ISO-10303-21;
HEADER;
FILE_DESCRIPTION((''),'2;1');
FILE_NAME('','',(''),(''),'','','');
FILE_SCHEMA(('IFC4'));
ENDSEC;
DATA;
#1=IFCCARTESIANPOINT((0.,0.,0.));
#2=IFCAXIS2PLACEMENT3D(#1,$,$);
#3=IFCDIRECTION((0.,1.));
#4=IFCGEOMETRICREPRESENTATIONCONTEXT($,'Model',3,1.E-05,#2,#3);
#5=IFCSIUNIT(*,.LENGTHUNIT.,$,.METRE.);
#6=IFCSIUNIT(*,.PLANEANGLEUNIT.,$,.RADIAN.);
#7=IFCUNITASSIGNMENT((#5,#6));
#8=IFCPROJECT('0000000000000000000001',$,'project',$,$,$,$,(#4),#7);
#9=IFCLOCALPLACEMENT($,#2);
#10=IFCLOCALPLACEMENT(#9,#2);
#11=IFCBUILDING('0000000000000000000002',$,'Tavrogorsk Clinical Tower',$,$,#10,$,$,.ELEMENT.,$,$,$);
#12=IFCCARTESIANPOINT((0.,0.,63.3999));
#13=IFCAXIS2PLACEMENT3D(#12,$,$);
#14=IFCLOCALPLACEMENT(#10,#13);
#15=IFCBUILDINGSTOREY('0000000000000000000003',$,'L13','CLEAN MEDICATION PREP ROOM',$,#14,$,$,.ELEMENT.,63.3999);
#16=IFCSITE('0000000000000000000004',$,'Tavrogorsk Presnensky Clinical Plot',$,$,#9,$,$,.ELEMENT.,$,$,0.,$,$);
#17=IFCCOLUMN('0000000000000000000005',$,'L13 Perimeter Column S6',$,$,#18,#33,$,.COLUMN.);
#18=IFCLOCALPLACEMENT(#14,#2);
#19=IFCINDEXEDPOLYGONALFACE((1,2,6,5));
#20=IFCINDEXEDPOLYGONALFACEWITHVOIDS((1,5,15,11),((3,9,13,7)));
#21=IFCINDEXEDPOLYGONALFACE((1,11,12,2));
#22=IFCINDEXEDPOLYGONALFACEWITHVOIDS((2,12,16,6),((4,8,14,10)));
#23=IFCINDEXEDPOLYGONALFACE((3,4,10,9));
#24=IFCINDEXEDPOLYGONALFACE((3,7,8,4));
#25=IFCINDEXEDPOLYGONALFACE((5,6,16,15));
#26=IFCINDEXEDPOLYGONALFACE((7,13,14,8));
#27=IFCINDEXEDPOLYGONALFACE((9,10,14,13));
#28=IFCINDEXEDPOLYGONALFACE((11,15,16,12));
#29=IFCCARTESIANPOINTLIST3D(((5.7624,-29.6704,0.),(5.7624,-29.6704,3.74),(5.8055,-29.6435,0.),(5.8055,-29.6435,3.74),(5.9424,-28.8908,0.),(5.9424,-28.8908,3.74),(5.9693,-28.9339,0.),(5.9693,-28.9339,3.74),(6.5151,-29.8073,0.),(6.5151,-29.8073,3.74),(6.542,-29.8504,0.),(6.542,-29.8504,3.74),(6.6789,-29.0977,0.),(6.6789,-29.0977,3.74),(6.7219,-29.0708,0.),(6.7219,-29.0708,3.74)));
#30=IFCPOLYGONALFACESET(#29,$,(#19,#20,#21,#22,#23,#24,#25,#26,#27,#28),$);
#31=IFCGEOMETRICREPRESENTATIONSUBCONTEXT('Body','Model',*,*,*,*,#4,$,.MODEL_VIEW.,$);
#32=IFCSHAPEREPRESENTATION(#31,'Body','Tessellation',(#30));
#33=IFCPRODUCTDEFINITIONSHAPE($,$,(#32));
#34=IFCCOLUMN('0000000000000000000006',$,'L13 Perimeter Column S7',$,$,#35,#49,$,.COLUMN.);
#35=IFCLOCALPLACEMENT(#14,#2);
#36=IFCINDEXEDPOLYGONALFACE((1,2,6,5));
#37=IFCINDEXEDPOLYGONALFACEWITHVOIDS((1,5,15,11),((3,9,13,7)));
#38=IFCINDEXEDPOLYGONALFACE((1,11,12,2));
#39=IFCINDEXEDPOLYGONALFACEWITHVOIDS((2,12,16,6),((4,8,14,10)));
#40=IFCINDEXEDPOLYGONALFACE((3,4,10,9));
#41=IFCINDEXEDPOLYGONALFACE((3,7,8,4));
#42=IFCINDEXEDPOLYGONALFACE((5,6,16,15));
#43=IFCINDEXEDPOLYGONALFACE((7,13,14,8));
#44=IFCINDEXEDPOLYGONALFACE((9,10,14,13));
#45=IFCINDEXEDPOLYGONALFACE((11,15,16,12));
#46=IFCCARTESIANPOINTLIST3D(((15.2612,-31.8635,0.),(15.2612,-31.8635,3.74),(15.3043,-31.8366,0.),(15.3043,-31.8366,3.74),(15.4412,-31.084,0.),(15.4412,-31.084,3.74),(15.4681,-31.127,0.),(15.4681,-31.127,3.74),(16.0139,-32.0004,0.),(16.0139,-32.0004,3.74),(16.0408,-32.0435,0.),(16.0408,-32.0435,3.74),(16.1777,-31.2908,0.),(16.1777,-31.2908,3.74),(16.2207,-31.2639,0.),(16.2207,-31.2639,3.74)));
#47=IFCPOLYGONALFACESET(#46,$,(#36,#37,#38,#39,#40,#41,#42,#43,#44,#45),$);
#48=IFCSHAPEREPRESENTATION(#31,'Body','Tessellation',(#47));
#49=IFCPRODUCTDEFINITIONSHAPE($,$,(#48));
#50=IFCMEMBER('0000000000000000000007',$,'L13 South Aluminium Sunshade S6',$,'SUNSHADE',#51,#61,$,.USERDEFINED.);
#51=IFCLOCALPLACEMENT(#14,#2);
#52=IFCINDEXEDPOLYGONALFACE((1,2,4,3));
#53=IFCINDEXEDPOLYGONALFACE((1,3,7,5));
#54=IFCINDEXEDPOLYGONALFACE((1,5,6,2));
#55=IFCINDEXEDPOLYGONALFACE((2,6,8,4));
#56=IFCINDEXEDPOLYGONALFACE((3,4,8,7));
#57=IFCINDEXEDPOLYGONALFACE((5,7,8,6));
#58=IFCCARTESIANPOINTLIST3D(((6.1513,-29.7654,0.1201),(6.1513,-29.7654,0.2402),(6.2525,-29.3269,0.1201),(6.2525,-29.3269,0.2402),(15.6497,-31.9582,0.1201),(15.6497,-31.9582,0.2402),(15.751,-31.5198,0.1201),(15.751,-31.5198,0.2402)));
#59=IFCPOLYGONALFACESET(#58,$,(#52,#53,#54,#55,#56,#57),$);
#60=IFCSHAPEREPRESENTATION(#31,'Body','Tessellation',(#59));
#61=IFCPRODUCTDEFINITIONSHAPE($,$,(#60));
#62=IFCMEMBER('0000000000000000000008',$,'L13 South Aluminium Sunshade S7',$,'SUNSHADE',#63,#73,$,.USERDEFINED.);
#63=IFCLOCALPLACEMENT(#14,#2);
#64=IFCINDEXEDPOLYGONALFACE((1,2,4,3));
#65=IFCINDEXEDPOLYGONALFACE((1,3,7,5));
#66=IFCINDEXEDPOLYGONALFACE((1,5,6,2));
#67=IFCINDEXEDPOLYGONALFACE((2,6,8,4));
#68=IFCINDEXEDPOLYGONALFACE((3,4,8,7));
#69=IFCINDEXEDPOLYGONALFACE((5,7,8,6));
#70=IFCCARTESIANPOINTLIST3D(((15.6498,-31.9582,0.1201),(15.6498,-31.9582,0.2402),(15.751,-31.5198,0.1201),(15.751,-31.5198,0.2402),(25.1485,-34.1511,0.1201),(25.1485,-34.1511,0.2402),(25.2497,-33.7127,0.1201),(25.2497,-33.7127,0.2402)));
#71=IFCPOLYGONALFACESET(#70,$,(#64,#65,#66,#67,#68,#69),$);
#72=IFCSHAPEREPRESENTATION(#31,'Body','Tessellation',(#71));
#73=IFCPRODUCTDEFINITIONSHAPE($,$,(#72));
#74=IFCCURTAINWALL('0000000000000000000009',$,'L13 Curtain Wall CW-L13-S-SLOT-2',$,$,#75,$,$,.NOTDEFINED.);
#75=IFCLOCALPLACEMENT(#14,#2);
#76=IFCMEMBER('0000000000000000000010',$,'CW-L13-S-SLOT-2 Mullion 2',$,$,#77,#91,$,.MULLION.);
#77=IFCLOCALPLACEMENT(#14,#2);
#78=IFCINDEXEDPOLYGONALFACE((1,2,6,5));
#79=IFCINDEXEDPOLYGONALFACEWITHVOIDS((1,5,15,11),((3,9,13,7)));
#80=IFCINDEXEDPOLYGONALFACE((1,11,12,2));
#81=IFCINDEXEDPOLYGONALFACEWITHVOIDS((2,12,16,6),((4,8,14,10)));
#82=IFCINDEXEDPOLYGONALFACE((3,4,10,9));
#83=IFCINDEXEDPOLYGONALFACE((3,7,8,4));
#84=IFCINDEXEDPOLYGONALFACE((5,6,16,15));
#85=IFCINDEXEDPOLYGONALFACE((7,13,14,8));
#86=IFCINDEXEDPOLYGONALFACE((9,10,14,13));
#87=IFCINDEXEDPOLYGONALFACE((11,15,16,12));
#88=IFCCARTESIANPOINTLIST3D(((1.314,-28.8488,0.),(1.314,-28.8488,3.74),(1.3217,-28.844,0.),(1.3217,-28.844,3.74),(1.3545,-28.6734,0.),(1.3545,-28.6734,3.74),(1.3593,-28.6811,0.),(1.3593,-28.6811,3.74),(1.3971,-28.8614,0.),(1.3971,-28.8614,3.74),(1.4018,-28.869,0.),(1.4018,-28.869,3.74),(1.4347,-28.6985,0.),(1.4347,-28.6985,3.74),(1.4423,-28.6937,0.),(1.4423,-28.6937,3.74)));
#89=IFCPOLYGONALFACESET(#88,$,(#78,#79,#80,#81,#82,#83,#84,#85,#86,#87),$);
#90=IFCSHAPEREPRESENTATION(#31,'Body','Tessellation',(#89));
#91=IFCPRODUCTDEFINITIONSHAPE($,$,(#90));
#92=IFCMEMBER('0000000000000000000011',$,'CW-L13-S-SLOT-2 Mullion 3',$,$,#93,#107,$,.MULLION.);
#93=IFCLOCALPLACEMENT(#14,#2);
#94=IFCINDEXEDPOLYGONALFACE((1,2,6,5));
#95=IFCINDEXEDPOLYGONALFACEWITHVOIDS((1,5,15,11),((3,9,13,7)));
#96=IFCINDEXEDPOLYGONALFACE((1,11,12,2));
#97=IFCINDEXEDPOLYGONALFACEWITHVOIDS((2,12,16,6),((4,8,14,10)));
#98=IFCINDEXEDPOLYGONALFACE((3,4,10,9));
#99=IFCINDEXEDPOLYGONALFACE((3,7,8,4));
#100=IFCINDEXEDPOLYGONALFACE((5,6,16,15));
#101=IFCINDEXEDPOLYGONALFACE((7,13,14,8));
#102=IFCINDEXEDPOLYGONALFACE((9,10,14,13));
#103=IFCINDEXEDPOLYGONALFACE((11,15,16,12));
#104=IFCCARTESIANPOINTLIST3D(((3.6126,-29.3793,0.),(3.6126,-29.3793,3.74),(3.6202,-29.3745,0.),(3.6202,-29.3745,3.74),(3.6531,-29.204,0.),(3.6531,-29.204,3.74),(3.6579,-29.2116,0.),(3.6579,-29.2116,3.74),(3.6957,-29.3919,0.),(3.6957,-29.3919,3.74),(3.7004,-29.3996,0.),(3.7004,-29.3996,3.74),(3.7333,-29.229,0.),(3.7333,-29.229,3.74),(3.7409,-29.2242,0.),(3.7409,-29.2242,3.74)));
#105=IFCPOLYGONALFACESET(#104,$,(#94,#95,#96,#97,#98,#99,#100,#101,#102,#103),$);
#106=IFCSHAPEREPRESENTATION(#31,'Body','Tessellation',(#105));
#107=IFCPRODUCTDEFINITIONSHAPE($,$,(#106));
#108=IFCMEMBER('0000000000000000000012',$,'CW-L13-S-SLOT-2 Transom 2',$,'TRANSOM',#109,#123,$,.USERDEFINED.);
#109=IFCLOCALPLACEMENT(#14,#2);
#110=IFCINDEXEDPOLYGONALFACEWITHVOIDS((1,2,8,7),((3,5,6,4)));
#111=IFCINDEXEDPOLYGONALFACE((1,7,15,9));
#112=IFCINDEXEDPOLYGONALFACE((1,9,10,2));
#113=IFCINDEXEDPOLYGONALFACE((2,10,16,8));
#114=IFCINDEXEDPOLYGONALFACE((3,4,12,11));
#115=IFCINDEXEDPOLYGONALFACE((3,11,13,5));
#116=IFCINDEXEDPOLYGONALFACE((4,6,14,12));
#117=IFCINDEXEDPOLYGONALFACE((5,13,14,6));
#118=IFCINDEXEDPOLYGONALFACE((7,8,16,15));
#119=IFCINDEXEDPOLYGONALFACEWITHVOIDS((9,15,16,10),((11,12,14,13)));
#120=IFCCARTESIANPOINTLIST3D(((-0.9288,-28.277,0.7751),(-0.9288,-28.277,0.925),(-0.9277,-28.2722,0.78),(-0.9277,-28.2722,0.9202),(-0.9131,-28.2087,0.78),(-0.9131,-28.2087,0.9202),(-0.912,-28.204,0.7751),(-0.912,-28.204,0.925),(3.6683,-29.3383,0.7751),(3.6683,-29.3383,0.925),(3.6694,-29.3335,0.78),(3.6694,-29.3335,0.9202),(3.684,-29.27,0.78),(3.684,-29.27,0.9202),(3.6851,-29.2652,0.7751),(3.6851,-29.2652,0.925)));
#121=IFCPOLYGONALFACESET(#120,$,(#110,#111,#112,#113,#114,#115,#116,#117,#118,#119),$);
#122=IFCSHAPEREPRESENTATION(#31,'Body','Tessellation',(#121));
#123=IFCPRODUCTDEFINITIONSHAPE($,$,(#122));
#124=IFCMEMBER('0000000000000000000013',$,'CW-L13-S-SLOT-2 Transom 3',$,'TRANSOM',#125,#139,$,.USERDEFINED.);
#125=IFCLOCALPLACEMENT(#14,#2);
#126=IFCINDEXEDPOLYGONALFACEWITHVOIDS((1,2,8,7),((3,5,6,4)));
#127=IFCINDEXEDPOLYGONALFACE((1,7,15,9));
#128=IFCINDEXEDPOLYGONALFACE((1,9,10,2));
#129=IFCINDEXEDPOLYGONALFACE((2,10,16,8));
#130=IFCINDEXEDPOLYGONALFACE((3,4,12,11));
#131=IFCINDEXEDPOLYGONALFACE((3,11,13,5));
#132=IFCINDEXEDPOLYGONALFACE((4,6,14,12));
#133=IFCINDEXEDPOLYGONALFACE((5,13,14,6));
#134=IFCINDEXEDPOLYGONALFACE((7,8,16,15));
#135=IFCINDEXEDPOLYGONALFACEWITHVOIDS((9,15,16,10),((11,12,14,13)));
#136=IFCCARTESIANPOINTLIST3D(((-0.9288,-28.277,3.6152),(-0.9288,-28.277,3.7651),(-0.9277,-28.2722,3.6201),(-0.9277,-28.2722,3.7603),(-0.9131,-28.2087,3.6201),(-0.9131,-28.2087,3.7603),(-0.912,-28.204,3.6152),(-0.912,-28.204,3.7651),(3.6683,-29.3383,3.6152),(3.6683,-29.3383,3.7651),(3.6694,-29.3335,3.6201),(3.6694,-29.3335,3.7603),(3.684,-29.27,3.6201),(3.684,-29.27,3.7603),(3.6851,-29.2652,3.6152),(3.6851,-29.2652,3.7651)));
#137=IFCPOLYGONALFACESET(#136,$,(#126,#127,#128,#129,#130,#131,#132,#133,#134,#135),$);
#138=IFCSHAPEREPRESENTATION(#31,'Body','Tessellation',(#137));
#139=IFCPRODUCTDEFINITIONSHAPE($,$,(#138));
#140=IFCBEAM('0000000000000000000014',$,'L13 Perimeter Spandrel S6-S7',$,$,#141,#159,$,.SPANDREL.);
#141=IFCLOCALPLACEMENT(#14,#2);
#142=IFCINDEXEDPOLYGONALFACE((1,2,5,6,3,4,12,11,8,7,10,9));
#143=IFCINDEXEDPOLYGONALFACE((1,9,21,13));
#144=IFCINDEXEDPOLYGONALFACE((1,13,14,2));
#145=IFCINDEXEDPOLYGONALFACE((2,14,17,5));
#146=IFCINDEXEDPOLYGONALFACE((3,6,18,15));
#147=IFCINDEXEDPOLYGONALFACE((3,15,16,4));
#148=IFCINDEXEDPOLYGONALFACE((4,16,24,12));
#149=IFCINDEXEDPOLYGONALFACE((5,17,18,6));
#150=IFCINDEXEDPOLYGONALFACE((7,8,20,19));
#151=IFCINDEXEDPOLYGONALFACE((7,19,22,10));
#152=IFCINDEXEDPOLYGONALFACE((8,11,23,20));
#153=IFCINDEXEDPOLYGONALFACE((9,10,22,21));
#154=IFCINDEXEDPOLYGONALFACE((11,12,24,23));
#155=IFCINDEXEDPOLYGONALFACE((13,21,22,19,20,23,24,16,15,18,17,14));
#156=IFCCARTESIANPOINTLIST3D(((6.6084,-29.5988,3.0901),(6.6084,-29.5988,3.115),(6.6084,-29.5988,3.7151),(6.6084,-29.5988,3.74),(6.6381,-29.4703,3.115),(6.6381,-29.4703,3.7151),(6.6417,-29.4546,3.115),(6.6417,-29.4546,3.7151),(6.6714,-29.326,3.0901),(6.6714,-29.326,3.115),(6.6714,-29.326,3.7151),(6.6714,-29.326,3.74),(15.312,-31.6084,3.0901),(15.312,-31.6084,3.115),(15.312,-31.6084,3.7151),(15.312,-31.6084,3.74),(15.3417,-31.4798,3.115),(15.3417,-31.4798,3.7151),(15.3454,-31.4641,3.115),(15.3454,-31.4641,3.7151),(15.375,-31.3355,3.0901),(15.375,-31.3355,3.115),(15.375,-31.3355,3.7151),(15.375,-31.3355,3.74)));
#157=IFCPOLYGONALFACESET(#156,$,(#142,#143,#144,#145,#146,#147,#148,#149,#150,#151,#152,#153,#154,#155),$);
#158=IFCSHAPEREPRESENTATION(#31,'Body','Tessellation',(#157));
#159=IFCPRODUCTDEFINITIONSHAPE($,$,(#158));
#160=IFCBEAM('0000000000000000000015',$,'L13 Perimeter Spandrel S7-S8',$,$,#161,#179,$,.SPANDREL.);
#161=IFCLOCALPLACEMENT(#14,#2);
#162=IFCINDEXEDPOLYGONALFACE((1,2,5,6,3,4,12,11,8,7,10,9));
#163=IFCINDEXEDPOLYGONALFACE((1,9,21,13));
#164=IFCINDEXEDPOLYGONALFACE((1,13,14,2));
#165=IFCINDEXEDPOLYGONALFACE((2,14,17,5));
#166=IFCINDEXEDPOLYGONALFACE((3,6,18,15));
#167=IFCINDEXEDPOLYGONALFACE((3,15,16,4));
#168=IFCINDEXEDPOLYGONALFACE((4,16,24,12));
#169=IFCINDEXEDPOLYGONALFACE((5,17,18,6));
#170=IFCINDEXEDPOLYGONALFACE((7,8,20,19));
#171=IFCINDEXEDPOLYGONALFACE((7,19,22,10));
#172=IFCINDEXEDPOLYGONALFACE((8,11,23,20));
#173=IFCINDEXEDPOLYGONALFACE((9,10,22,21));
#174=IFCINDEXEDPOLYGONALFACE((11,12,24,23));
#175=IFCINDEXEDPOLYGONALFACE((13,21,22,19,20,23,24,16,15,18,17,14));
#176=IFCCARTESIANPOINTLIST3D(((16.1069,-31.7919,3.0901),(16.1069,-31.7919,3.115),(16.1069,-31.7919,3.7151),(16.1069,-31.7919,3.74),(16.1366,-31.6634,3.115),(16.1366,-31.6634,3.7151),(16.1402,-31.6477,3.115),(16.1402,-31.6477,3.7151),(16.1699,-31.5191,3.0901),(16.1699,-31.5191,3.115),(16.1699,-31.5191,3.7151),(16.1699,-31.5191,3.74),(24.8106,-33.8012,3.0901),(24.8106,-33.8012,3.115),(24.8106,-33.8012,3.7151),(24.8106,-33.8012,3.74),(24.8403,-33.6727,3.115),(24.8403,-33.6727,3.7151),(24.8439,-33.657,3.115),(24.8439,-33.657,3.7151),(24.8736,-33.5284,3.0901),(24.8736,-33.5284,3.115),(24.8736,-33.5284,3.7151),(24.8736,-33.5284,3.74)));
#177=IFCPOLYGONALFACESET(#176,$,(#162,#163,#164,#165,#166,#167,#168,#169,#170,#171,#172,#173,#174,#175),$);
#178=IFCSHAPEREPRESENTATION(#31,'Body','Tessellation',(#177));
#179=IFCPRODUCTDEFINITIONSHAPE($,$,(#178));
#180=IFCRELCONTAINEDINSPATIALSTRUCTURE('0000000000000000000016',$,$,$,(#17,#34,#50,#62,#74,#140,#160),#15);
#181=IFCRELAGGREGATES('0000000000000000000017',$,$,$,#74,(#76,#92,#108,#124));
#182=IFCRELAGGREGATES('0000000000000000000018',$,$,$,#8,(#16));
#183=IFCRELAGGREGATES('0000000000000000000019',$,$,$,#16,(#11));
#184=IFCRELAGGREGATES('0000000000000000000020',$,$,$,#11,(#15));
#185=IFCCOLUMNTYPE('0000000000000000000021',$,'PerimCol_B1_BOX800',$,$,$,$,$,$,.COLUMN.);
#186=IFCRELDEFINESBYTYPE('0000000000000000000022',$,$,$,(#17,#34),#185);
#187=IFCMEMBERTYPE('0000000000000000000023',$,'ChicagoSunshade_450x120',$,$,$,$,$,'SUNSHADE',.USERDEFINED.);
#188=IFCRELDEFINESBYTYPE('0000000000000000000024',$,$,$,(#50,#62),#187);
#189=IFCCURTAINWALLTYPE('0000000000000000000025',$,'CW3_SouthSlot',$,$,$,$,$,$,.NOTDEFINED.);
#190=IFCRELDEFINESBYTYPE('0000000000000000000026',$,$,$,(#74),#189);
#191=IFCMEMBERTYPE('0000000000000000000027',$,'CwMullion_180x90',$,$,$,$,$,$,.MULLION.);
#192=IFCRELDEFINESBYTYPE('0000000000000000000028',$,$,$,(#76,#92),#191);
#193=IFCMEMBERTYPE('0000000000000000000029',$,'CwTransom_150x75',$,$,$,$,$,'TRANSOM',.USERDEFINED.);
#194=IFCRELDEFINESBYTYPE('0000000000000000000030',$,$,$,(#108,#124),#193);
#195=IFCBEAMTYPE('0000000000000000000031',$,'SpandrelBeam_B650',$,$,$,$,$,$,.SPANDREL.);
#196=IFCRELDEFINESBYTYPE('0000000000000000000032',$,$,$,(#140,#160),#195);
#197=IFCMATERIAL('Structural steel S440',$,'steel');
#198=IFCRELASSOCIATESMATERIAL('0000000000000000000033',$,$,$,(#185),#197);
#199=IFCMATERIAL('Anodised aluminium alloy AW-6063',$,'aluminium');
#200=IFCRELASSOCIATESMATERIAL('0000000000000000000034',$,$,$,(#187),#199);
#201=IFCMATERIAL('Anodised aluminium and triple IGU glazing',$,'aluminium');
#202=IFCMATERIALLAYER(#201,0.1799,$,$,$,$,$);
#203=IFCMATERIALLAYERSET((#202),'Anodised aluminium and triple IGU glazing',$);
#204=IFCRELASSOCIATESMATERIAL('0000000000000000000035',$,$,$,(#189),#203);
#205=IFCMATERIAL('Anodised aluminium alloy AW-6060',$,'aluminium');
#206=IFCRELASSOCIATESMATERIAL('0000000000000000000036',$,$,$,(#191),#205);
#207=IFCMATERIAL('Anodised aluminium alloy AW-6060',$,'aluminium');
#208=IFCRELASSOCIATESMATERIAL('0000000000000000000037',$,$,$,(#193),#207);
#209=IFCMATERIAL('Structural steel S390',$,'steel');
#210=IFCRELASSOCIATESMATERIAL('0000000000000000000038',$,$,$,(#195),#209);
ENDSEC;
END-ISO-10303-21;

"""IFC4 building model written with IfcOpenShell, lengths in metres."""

from ifc_helpers import new_model, si_unit, direction, frame, origin, origin_2d, place, context, subcontext, project, spatial, rectangle, hollow_rectangle, i_section, extrude, material, layer, layer_set, material_profile, profile_set, type_object, element, aggregate, save


model = new_model("IFC4")

# Units and contexts
model_context = context("Model", 3, precision=1e-05, world=origin(), true_north=direction((0.0, 1.0)))
body_context = subcontext(model_context, "Body", "Model", "MODEL_VIEW")
ifc_project = project(units=[si_unit("LENGTHUNIT", "METRE"), si_unit("PLANEANGLEUNIT", "RADIAN")], contexts=[model_context])

# Site, building, storey
site_placement = place(None, origin())
site = spatial("IfcSite", under=ifc_project, at=site_placement, Name="Tavrogorsk Presnensky Clinical Plot", CompositionType="ELEMENT", RefElevation=0.0)
building_placement = place(site_placement, origin())
building = spatial("IfcBuilding", under=site, at=building_placement, Name="Tavrogorsk Clinical Tower", CompositionType="ELEMENT")
storey_placement = place(building_placement, frame((0.0, 0.0, 63.3999)))
storey = spatial("IfcBuildingStorey", under=building, at=storey_placement, Name="L13", Description="CLEAN MEDICATION PREP ROOM", CompositionType="ELEMENT", Elevation=63.3999)

# Columns
ifc_material_1 = material(Name="Structural steel S440", Category="steel")
ifc_material_profile_1 = material_profile(ifc_material_1, hollow_rectangle(XDim=0.8, YDim=0.8, WallThickness=0.0359, at=origin_2d()), Name="BOX-800x800x36")
ifc_profile_set_1 = profile_set([ifc_material_profile_1], Name="Structural steel S440")
column_type = type_object("IfcColumnType", Name="PerimCol_B1_BOX800", PredefinedType="COLUMN", material=ifc_profile_set_1)
for number, where, z_axis, x_axis, name in (
    (1, (6.2422, -29.3706, 0.0), (0.0, 0.0, 1.0), (0.97437, -0.224951, 0.0), "L13 Perimeter Column S6"),
    (2, (15.741, -31.5637, 0.0), (0.0, 0.0, 1.0), (0.97437, -0.224951, 0.0), "L13 Perimeter Column S7"),
):
    element("IfcColumn", number, at=place(storey_placement, frame(where, z_axis=z_axis, x_axis=x_axis)), inside=storey, type_object=column_type, Name=name, PredefinedType="COLUMN", context=body_context, shape_type="SweptSolid", body=[
        extrude(hollow_rectangle(XDim=0.8, YDim=0.8, WallThickness=0.0359, at=origin_2d()), origin(), (0.0, 0.0, 1.0), 3.74),
    ])

# Members
ifc_material_2 = material(Name="Anodised aluminium alloy AW-6063", Category="aluminium")
ifc_material_profile_2 = material_profile(ifc_material_2, rectangle(XDim=0.45, YDim=0.1201, at=origin_2d()), Name="ALU-SUNSHADE-450x120")
ifc_profile_set_2 = profile_set([ifc_material_profile_2], Name="Anodised aluminium alloy AW-6063")
member_type_1 = type_object("IfcMemberType", Name="ChicagoSunshade_450x120", ElementType="SUNSHADE", PredefinedType="USERDEFINED", material=ifc_profile_set_2)
member_1_placement = place(storey_placement, frame((6.2019, -29.5461, 0.1802), z_axis=(0.974371, -0.224947, 0.0), x_axis=(0.224947, 0.974371, 0.0)))
element("IfcMember", 3, at=member_1_placement, inside=storey, type_object=member_type_1, Name="L13 South Aluminium Sunshade S6", ObjectType="SUNSHADE", PredefinedType="USERDEFINED", context=body_context, shape_type="SweptSolid", body=[
    extrude(rectangle(XDim=0.45, YDim=0.1201, at=origin_2d()), origin(), (0.0, 0.0, 1.0), 9.7483),
])
member_2_placement = place(storey_placement, frame((15.7004, -31.739, 0.1802), z_axis=(0.974372, -0.224942, 0.0), x_axis=(0.224942, 0.974372, 0.0)))
element("IfcMember", 4, at=member_2_placement, inside=storey, type_object=member_type_1, Name="L13 South Aluminium Sunshade S7", ObjectType="SUNSHADE", PredefinedType="USERDEFINED", context=body_context, shape_type="SweptSolid", body=[
    extrude(rectangle(XDim=0.45, YDim=0.1201, at=origin_2d()), origin(), (0.0, 0.0, 1.0), 9.7485),
])

# Curtain wall, members
ifc_material_3 = material(Name="Anodised aluminium and triple IGU glazing", Category="aluminium")
ifc_layer_1 = layer(ifc_material_3, 0.1799)
ifc_layer_set_1 = layer_set([ifc_layer_1], Name="Anodised aluminium and triple IGU glazing")
curtain_wall_type = type_object("IfcCurtainWallType", Name="CW3_SouthSlot", PredefinedType="NOTDEFINED", material=ifc_layer_set_1)
curtain_wall_placement = place(storey_placement, origin())
curtain_wall = element("IfcCurtainWall", 5, at=curtain_wall_placement, inside=storey, type_object=curtain_wall_type, Name="L13 Curtain Wall CW-L13-S-SLOT-2", PredefinedType="NOTDEFINED")
ifc_material_4 = material(Name="Anodised aluminium alloy AW-6060", Category="aluminium")
ifc_material_profile_3 = material_profile(ifc_material_4, hollow_rectangle(XDim=0.0901, YDim=0.1799, WallThickness=0.0063, at=origin_2d()), Name="RHS-180x90x6.3")
ifc_profile_set_3 = profile_set([ifc_material_profile_3], Name="Anodised aluminium alloy AW-6060")
member_type_2 = type_object("IfcMemberType", Name="CwMullion_180x90", PredefinedType="MULLION", material=ifc_profile_set_3)
member_3_placement = place(storey_placement, frame((1.3782, -28.7712, 0.0), z_axis=(0.0, 0.0, 1.0), x_axis=(0.97437, -0.224951, 0.0)))
member_3 = element("IfcMember", 6, at=member_3_placement, type_object=member_type_2, Name="CW-L13-S-SLOT-2 Mullion 2", PredefinedType="MULLION", context=body_context, shape_type="SweptSolid", body=[
    extrude(hollow_rectangle(XDim=0.0901, YDim=0.1799, WallThickness=0.0063, at=origin_2d()), origin(), (0.0, 0.0, 1.0), 3.74),
])
member_4_placement = place(storey_placement, frame((3.6768, -29.3018, 0.0), z_axis=(0.0, 0.0, 1.0), x_axis=(0.97437, -0.224951, 0.0)))
member_4 = element("IfcMember", 7, at=member_4_placement, type_object=member_type_2, Name="CW-L13-S-SLOT-2 Mullion 3", PredefinedType="MULLION", context=body_context, shape_type="SweptSolid", body=[
    extrude(hollow_rectangle(XDim=0.0901, YDim=0.1799, WallThickness=0.0063, at=origin_2d()), origin(), (0.0, 0.0, 1.0), 3.74),
])
ifc_material_5 = material(Name="Anodised aluminium alloy AW-6060", Category="aluminium")
ifc_material_profile_4 = material_profile(ifc_material_5, hollow_rectangle(XDim=0.075, YDim=0.1499, WallThickness=0.0049, at=origin_2d()), Name="RHS-150x75x5")
ifc_profile_set_4 = profile_set([ifc_material_profile_4], Name="Anodised aluminium alloy AW-6060")
member_type_3 = type_object("IfcMemberType", Name="CwTransom_150x75", ElementType="TRANSOM", PredefinedType="USERDEFINED", material=ifc_profile_set_4)
member_5_placement = place(storey_placement, frame((-0.9204, -28.2405, 0.8501), z_axis=(0.974373, -0.224939, 0.0), x_axis=(0.224939, 0.974373, 0.0)))
member_5 = element("IfcMember", 8, at=member_5_placement, type_object=member_type_3, Name="CW-L13-S-SLOT-2 Transom 2", ObjectType="TRANSOM", PredefinedType="USERDEFINED", context=body_context, shape_type="SweptSolid", body=[
    extrude(hollow_rectangle(XDim=0.075, YDim=0.1499, WallThickness=0.0049, at=origin_2d()), origin(), (0.0, 0.0, 1.0), 4.718),
])
member_6_placement = place(storey_placement, frame((-0.9204, -28.2405, 3.6902), z_axis=(0.974373, -0.224939, 0.0), x_axis=(0.224939, 0.974373, 0.0)))
member_6 = element("IfcMember", 9, at=member_6_placement, type_object=member_type_3, Name="CW-L13-S-SLOT-2 Transom 3", ObjectType="TRANSOM", PredefinedType="USERDEFINED", context=body_context, shape_type="SweptSolid", body=[
    extrude(hollow_rectangle(XDim=0.075, YDim=0.1499, WallThickness=0.0049, at=origin_2d()), origin(), (0.0, 0.0, 1.0), 4.718),
])

# Beams
ifc_material_6 = material(Name="Structural steel S390", Category="steel")
ifc_material_profile_5 = material_profile(ifc_material_6, i_section(OverallWidth=0.28, OverallDepth=0.6499, WebThickness=0.0161, FlangeThickness=0.0249, at=origin_2d()), Name="B-650x280x16x25")
ifc_profile_set_5 = profile_set([ifc_material_profile_5], Name="Structural steel S390")
beam_type = type_object("IfcBeamType", Name="SpandrelBeam_B650", PredefinedType="SPANDREL", material=ifc_profile_set_5)
for number, where, z_axis, x_axis, name in (
    (10, (6.6399, -29.4624, 3.415), (0.974367, -0.224965, 0.0), (0.224965, 0.974367, 0.0), "L13 Perimeter Spandrel S6-S7"),
    (11, (16.1384, -31.6555, 3.415), (0.974373, -0.224939, 0.0), (0.224939, 0.974373, 0.0), "L13 Perimeter Spandrel S7-S8"),
):
    element("IfcBeam", number, at=place(storey_placement, frame(where, z_axis=z_axis, x_axis=x_axis)), inside=storey, type_object=beam_type, Name=name, PredefinedType="SPANDREL", context=body_context, shape_type="SweptSolid", body=[
        extrude(i_section(OverallWidth=0.28, OverallDepth=0.6499, WebThickness=0.0161, FlangeThickness=0.0249, at=origin_2d()), origin(), (0.0, 0.0, 1.0), 8.9326),
    ])

aggregate(curtain_wall, [member_3, member_4, member_5, member_6])

save(model, "model.ifc")
